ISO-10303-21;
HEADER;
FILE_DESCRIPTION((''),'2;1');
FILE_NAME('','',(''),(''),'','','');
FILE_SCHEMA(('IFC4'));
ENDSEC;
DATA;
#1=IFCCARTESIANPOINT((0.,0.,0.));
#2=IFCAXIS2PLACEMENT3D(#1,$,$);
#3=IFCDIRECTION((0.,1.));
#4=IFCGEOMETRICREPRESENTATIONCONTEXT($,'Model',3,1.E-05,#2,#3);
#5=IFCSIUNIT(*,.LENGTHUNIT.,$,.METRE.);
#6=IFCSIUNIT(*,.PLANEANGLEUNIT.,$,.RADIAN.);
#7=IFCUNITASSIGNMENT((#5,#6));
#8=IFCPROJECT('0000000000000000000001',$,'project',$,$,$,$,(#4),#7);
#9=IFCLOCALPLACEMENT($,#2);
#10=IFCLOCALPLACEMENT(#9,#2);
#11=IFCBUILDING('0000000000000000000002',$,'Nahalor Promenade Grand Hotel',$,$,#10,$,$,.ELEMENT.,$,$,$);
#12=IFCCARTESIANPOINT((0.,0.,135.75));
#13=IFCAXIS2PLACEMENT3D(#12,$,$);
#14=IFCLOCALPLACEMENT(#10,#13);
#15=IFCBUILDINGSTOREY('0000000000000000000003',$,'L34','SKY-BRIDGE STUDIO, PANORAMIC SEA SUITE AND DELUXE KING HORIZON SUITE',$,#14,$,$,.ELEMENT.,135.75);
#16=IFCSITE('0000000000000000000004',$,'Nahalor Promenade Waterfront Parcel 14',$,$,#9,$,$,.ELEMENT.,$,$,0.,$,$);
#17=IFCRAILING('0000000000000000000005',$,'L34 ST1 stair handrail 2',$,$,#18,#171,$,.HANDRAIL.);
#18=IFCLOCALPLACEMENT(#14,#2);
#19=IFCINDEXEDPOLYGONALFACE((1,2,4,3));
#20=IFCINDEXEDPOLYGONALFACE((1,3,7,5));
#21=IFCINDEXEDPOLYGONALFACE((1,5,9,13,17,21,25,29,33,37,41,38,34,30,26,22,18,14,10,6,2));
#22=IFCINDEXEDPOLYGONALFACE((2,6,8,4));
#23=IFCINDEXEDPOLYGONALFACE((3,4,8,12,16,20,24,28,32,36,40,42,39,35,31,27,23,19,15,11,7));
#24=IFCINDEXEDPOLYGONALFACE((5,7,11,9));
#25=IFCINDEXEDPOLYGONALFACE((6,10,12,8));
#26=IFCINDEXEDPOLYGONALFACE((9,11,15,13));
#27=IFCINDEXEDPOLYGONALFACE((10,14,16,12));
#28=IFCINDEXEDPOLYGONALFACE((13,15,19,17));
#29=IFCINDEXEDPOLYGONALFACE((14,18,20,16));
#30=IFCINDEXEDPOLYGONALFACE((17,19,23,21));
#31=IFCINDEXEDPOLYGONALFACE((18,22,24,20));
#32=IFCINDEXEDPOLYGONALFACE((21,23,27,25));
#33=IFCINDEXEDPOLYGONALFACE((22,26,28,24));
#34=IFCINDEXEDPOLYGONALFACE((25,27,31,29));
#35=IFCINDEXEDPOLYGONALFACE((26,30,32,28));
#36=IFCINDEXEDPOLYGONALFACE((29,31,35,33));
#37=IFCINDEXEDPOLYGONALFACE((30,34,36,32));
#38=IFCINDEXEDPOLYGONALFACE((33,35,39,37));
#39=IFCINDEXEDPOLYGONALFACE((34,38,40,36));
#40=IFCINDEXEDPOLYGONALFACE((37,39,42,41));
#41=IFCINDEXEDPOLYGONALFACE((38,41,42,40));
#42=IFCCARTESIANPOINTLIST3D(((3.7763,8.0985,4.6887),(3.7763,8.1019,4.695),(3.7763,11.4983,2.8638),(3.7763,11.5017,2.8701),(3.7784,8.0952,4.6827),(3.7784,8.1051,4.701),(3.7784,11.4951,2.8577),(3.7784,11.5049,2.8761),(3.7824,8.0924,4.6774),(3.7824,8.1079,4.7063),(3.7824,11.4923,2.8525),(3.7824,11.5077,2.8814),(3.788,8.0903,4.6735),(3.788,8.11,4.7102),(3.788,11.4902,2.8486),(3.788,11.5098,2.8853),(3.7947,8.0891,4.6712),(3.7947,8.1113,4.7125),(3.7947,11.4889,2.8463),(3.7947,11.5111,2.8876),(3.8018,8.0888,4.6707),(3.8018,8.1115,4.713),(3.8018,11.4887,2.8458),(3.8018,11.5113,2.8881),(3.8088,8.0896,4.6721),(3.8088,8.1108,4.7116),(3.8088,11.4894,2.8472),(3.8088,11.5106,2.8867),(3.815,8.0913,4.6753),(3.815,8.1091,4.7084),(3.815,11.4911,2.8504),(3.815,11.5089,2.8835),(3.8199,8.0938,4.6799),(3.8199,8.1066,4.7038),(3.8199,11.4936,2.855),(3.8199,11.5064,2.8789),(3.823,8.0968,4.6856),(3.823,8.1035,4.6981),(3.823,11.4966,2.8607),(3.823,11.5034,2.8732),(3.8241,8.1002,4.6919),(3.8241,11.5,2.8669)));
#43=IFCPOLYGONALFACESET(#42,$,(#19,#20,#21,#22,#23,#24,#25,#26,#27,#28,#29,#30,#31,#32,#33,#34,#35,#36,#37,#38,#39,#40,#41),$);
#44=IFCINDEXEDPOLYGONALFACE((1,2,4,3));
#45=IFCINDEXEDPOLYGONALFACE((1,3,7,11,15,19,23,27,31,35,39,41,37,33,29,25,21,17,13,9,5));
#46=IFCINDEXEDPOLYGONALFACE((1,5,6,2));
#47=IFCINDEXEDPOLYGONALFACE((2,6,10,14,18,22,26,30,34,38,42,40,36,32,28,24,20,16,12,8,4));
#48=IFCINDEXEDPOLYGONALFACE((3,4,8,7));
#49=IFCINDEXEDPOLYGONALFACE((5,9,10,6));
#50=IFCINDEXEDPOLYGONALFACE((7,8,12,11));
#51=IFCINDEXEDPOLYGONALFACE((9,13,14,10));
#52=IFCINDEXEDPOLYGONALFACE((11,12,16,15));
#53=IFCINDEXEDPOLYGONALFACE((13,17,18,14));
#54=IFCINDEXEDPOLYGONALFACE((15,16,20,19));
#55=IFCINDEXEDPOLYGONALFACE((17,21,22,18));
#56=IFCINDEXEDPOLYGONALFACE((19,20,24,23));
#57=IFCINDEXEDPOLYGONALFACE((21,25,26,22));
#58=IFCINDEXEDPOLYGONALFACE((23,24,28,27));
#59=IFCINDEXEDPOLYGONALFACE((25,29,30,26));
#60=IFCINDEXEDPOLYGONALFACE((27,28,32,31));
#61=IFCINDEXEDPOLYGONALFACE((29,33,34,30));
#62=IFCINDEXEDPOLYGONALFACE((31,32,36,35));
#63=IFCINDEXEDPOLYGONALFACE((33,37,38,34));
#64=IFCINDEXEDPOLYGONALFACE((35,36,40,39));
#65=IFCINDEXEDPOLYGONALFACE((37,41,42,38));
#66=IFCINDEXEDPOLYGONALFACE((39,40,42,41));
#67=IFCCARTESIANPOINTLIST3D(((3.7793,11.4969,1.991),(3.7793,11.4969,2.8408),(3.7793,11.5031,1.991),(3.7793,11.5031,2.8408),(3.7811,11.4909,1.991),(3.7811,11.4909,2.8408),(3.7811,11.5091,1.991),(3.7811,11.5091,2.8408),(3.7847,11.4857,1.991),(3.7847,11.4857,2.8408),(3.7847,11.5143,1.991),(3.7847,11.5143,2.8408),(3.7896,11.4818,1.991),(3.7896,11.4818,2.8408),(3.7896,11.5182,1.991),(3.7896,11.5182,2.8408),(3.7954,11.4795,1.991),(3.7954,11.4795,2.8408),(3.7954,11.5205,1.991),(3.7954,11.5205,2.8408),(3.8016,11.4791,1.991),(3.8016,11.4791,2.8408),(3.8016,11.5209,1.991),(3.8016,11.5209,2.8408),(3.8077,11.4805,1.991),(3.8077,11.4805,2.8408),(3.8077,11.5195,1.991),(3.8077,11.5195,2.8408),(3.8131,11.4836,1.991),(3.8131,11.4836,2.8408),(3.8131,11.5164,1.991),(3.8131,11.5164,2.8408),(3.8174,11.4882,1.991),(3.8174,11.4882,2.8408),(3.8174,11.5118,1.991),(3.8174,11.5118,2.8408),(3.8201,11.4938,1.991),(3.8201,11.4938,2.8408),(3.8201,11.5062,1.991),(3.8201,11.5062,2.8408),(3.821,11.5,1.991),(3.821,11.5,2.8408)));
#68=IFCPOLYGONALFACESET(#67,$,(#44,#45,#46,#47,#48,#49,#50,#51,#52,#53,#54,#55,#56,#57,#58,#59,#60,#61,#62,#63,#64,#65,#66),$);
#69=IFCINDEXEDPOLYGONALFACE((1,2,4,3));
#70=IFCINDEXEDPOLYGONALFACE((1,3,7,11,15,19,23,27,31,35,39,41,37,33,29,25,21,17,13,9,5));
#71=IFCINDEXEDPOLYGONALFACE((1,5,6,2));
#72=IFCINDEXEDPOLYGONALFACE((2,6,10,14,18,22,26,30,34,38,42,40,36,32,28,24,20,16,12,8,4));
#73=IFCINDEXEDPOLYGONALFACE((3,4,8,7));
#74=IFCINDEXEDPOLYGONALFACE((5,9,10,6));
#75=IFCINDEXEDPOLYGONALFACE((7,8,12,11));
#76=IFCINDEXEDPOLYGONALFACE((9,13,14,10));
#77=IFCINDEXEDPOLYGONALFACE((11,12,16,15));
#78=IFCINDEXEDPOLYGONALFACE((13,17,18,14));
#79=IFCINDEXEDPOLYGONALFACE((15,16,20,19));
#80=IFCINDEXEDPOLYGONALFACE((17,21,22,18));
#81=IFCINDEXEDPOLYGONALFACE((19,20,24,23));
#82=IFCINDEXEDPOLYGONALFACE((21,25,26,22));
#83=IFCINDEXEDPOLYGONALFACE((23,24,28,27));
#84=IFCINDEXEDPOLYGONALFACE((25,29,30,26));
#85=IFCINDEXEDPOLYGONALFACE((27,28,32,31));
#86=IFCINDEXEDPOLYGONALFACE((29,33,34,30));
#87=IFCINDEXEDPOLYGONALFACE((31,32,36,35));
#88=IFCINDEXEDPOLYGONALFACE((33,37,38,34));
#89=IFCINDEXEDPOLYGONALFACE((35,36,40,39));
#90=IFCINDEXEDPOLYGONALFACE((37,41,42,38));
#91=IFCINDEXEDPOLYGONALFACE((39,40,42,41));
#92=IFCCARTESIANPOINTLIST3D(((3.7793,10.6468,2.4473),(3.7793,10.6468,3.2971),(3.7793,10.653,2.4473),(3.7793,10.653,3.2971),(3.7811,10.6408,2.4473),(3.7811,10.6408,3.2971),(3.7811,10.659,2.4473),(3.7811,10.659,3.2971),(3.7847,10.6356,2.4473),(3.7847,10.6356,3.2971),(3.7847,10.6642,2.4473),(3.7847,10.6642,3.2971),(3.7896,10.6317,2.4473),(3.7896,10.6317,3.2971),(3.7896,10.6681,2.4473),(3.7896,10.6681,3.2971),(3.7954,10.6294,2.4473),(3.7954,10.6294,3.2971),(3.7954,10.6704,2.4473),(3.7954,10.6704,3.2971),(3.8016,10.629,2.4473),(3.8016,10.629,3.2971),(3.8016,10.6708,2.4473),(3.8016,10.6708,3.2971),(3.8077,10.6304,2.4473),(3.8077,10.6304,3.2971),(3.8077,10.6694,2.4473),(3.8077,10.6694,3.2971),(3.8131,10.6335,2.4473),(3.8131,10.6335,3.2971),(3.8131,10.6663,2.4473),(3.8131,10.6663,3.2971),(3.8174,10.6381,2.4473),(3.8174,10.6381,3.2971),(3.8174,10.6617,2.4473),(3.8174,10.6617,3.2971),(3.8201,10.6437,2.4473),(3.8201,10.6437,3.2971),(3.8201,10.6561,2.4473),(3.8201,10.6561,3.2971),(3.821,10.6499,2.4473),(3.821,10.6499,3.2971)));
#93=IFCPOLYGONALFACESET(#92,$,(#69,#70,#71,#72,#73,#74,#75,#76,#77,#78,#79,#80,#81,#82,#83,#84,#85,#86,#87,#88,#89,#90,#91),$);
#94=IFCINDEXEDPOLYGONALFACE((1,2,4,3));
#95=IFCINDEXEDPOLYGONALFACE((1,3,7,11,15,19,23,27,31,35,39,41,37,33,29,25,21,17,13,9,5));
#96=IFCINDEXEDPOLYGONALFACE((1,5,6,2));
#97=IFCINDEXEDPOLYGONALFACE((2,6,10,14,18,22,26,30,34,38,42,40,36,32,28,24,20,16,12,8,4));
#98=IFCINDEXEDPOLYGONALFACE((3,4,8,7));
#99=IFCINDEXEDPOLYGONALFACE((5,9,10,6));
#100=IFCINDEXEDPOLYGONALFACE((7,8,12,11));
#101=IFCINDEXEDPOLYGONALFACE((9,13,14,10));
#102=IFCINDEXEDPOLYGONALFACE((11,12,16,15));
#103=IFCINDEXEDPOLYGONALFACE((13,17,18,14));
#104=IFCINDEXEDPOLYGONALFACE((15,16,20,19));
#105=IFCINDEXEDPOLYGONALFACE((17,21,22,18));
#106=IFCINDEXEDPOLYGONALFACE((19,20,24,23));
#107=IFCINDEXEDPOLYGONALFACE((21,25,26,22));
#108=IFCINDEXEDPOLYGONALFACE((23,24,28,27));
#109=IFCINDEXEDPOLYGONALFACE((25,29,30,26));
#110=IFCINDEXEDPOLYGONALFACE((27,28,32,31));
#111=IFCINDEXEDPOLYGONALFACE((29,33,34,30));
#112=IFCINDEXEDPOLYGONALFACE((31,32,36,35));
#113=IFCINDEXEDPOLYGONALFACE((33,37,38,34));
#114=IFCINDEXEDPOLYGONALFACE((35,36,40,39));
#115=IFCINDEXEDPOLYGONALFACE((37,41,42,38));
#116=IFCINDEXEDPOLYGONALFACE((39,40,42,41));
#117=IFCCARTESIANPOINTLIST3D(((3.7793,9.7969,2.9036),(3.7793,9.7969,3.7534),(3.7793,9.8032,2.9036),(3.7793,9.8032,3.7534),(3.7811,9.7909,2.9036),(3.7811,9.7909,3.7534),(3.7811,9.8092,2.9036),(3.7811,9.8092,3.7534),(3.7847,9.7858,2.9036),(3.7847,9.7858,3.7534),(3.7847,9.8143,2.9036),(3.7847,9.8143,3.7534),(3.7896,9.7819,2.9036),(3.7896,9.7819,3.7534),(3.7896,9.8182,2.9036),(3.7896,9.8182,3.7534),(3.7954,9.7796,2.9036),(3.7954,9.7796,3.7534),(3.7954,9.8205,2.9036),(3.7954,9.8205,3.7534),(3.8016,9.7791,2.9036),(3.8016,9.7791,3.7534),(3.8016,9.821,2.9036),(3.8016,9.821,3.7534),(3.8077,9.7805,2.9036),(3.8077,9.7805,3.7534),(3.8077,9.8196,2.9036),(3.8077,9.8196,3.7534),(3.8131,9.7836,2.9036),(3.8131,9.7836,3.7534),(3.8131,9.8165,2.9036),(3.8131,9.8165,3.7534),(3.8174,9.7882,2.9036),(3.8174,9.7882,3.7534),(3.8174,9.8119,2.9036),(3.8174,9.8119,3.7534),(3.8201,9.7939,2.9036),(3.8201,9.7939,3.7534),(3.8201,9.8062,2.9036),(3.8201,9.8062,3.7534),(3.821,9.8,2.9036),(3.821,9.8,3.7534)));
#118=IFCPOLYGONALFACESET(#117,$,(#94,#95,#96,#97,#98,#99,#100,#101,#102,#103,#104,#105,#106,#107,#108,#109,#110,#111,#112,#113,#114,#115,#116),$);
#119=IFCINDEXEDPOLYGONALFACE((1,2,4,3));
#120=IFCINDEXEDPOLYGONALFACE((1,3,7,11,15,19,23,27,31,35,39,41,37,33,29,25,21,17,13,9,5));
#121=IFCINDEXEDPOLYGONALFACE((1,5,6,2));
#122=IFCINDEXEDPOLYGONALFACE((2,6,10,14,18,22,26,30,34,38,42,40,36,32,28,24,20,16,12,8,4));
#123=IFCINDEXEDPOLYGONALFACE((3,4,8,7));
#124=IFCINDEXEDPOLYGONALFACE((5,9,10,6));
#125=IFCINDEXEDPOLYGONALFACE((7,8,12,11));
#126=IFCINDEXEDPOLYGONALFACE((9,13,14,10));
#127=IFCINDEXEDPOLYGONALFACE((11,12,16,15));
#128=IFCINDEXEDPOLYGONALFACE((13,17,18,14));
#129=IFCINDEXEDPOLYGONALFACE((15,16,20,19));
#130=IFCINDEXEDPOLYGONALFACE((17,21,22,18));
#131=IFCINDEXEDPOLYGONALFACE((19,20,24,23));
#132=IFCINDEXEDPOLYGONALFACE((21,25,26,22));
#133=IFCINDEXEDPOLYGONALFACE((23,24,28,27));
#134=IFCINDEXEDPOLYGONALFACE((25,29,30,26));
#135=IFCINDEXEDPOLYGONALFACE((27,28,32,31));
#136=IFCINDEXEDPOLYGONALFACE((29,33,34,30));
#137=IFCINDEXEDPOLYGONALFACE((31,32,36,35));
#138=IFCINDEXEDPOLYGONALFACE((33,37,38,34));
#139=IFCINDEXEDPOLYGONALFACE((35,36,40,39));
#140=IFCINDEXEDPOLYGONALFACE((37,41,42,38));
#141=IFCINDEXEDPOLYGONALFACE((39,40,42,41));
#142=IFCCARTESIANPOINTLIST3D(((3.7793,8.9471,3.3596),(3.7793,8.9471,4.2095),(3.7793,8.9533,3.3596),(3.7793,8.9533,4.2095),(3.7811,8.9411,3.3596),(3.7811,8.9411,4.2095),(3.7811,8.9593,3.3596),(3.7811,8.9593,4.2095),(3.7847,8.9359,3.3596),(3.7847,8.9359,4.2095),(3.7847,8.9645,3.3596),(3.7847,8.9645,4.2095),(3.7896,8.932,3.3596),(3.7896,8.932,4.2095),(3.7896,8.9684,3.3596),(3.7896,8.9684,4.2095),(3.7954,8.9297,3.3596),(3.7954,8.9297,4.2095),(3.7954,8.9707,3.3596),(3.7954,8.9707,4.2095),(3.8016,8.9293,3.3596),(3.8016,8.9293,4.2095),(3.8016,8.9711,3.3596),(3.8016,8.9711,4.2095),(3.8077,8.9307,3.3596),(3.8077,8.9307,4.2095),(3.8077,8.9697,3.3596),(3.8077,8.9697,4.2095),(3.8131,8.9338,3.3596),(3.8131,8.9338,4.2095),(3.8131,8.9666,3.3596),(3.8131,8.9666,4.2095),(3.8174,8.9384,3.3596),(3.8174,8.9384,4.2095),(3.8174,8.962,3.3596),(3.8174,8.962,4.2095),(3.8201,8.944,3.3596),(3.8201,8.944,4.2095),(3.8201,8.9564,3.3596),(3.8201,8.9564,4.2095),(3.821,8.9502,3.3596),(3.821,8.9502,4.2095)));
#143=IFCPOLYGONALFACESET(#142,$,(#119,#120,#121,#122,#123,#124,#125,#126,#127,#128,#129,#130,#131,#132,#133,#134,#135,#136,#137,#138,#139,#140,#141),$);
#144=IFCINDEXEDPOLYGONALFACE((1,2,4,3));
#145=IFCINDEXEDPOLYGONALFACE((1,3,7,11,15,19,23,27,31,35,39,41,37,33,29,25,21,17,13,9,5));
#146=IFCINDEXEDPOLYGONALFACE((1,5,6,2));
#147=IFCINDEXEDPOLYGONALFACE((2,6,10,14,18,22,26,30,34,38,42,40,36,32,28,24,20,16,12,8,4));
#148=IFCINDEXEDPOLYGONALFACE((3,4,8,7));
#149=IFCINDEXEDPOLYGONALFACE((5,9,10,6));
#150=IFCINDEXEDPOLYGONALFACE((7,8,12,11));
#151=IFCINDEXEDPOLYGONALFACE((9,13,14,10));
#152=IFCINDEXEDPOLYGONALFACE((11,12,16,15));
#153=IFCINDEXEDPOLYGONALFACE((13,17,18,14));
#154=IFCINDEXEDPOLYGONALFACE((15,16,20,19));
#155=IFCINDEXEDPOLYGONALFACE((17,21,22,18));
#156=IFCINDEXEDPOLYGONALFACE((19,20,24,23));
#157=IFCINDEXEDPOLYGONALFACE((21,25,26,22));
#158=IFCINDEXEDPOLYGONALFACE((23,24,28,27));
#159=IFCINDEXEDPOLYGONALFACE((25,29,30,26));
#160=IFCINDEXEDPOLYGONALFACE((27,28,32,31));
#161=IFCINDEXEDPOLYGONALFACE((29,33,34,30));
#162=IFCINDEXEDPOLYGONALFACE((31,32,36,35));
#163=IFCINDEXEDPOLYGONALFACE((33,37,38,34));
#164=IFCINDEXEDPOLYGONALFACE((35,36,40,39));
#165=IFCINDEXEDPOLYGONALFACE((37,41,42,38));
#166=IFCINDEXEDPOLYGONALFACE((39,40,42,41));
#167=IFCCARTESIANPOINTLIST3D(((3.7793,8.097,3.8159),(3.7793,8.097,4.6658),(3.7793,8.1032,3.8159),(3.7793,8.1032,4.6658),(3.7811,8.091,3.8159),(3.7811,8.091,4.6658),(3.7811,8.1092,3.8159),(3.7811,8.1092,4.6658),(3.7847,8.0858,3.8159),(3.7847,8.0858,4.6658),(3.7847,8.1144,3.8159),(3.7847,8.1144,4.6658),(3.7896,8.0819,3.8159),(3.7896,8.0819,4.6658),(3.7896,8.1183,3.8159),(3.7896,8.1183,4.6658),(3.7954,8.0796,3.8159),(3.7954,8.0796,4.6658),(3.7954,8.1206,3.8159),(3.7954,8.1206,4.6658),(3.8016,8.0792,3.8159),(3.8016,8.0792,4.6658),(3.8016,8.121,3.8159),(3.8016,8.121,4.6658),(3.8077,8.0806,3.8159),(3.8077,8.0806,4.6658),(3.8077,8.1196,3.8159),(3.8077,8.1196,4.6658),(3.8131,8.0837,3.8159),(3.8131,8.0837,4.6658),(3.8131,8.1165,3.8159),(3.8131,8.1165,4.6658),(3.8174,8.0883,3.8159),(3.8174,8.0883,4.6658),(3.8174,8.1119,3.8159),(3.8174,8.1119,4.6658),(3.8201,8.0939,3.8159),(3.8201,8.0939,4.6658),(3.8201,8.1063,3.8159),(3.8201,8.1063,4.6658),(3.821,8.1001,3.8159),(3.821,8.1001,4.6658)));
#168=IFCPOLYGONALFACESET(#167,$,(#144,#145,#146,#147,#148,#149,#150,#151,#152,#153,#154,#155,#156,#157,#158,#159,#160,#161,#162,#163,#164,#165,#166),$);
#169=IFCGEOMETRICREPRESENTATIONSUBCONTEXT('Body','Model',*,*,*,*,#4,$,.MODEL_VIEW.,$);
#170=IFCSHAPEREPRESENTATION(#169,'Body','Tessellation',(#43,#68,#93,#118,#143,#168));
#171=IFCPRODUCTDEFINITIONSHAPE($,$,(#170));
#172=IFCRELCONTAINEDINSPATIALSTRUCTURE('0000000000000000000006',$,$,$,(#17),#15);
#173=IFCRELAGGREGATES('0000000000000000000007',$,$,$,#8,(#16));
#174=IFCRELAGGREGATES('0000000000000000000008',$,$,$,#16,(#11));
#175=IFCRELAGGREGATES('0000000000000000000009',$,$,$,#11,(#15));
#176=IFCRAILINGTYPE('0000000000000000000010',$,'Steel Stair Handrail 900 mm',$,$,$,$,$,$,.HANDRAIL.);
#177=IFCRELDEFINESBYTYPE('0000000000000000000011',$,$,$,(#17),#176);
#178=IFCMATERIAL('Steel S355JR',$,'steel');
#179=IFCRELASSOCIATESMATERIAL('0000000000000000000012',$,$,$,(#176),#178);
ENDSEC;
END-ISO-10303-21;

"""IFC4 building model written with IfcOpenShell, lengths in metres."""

from ifc_helpers import new_model, si_unit, direction, frame, origin, origin_2d, place, context, subcontext, project, spatial, circle, extrude, material, type_object, element, save


model = new_model("IFC4")

# Units and contexts
model_context = context("Model", 3, precision=1e-05, world=origin(), true_north=direction((0.0, 1.0)))
body_context = subcontext(model_context, "Body", "Model", "MODEL_VIEW")
ifc_project = project(units=[si_unit("LENGTHUNIT", "METRE"), si_unit("PLANEANGLEUNIT", "RADIAN")], contexts=[model_context])

# Site, building, storey
site_placement = place(None, origin())
site = spatial("IfcSite", under=ifc_project, at=site_placement, Name="Nahalor Promenade Waterfront Parcel 14", CompositionType="ELEMENT", RefElevation=0.0)
building_placement = place(site_placement, origin())
building = spatial("IfcBuilding", under=site, at=building_placement, Name="Nahalor Promenade Grand Hotel", CompositionType="ELEMENT")
storey_placement = place(building_placement, frame((0.0, 0.0, 135.75)))
storey = spatial("IfcBuildingStorey", under=building, at=storey_placement, Name="L34", Description="SKY-BRIDGE STUDIO, PANORAMIC SEA SUITE AND DELUXE KING HORIZON SUITE", CompositionType="ELEMENT", Elevation=135.75)

# Shared definitions
ifc_material_1 = material(Name="Steel S355JR", Category="steel")

# Railing
railing_type_1 = type_object("IfcRailingType", Name="Steel Stair Handrail 900 mm", PredefinedType="HANDRAIL", material=ifc_material_1)
railing_1_placement = place(storey_placement, frame((3.8, 11.5, 1.991)))
element("IfcRailing", 1, at=railing_1_placement, inside=storey, type_object=railing_type_1, Name="L34 ST1 stair handrail 2", PredefinedType="HANDRAIL", context=body_context, shape_type="SweptSolid", body=[
    extrude(circle(Radius=0.024, at=origin_2d()), frame((0.0, 0.0, 0.876), z_axis=(0.0, -0.881094, 0.472941), x_axis=(1.0, 0.0, 0.0)), (0.0, 0.0, 1.0), 3.8586),
    extrude(circle(Radius=0.021, at=origin_2d()), origin(), (0.0, 0.0, 1.0), 0.8499),
    extrude(circle(Radius=0.021, at=origin_2d()), frame((0.0, -0.8501, 0.4563)), (0.0, 0.0, 1.0), 0.8499),
    extrude(circle(Radius=0.021, at=origin_2d()), frame((0.0, -1.7, 0.9126)), (0.0, 0.0, 1.0), 0.8499),
    extrude(circle(Radius=0.021, at=origin_2d()), frame((0.0, -2.5498, 1.3687)), (0.0, 0.0, 1.0), 0.8499),
    extrude(circle(Radius=0.021, at=origin_2d()), frame((0.0, -3.3999, 1.825)), (0.0, 0.0, 1.0), 0.8499),
])

save(model, "model.ifc")
